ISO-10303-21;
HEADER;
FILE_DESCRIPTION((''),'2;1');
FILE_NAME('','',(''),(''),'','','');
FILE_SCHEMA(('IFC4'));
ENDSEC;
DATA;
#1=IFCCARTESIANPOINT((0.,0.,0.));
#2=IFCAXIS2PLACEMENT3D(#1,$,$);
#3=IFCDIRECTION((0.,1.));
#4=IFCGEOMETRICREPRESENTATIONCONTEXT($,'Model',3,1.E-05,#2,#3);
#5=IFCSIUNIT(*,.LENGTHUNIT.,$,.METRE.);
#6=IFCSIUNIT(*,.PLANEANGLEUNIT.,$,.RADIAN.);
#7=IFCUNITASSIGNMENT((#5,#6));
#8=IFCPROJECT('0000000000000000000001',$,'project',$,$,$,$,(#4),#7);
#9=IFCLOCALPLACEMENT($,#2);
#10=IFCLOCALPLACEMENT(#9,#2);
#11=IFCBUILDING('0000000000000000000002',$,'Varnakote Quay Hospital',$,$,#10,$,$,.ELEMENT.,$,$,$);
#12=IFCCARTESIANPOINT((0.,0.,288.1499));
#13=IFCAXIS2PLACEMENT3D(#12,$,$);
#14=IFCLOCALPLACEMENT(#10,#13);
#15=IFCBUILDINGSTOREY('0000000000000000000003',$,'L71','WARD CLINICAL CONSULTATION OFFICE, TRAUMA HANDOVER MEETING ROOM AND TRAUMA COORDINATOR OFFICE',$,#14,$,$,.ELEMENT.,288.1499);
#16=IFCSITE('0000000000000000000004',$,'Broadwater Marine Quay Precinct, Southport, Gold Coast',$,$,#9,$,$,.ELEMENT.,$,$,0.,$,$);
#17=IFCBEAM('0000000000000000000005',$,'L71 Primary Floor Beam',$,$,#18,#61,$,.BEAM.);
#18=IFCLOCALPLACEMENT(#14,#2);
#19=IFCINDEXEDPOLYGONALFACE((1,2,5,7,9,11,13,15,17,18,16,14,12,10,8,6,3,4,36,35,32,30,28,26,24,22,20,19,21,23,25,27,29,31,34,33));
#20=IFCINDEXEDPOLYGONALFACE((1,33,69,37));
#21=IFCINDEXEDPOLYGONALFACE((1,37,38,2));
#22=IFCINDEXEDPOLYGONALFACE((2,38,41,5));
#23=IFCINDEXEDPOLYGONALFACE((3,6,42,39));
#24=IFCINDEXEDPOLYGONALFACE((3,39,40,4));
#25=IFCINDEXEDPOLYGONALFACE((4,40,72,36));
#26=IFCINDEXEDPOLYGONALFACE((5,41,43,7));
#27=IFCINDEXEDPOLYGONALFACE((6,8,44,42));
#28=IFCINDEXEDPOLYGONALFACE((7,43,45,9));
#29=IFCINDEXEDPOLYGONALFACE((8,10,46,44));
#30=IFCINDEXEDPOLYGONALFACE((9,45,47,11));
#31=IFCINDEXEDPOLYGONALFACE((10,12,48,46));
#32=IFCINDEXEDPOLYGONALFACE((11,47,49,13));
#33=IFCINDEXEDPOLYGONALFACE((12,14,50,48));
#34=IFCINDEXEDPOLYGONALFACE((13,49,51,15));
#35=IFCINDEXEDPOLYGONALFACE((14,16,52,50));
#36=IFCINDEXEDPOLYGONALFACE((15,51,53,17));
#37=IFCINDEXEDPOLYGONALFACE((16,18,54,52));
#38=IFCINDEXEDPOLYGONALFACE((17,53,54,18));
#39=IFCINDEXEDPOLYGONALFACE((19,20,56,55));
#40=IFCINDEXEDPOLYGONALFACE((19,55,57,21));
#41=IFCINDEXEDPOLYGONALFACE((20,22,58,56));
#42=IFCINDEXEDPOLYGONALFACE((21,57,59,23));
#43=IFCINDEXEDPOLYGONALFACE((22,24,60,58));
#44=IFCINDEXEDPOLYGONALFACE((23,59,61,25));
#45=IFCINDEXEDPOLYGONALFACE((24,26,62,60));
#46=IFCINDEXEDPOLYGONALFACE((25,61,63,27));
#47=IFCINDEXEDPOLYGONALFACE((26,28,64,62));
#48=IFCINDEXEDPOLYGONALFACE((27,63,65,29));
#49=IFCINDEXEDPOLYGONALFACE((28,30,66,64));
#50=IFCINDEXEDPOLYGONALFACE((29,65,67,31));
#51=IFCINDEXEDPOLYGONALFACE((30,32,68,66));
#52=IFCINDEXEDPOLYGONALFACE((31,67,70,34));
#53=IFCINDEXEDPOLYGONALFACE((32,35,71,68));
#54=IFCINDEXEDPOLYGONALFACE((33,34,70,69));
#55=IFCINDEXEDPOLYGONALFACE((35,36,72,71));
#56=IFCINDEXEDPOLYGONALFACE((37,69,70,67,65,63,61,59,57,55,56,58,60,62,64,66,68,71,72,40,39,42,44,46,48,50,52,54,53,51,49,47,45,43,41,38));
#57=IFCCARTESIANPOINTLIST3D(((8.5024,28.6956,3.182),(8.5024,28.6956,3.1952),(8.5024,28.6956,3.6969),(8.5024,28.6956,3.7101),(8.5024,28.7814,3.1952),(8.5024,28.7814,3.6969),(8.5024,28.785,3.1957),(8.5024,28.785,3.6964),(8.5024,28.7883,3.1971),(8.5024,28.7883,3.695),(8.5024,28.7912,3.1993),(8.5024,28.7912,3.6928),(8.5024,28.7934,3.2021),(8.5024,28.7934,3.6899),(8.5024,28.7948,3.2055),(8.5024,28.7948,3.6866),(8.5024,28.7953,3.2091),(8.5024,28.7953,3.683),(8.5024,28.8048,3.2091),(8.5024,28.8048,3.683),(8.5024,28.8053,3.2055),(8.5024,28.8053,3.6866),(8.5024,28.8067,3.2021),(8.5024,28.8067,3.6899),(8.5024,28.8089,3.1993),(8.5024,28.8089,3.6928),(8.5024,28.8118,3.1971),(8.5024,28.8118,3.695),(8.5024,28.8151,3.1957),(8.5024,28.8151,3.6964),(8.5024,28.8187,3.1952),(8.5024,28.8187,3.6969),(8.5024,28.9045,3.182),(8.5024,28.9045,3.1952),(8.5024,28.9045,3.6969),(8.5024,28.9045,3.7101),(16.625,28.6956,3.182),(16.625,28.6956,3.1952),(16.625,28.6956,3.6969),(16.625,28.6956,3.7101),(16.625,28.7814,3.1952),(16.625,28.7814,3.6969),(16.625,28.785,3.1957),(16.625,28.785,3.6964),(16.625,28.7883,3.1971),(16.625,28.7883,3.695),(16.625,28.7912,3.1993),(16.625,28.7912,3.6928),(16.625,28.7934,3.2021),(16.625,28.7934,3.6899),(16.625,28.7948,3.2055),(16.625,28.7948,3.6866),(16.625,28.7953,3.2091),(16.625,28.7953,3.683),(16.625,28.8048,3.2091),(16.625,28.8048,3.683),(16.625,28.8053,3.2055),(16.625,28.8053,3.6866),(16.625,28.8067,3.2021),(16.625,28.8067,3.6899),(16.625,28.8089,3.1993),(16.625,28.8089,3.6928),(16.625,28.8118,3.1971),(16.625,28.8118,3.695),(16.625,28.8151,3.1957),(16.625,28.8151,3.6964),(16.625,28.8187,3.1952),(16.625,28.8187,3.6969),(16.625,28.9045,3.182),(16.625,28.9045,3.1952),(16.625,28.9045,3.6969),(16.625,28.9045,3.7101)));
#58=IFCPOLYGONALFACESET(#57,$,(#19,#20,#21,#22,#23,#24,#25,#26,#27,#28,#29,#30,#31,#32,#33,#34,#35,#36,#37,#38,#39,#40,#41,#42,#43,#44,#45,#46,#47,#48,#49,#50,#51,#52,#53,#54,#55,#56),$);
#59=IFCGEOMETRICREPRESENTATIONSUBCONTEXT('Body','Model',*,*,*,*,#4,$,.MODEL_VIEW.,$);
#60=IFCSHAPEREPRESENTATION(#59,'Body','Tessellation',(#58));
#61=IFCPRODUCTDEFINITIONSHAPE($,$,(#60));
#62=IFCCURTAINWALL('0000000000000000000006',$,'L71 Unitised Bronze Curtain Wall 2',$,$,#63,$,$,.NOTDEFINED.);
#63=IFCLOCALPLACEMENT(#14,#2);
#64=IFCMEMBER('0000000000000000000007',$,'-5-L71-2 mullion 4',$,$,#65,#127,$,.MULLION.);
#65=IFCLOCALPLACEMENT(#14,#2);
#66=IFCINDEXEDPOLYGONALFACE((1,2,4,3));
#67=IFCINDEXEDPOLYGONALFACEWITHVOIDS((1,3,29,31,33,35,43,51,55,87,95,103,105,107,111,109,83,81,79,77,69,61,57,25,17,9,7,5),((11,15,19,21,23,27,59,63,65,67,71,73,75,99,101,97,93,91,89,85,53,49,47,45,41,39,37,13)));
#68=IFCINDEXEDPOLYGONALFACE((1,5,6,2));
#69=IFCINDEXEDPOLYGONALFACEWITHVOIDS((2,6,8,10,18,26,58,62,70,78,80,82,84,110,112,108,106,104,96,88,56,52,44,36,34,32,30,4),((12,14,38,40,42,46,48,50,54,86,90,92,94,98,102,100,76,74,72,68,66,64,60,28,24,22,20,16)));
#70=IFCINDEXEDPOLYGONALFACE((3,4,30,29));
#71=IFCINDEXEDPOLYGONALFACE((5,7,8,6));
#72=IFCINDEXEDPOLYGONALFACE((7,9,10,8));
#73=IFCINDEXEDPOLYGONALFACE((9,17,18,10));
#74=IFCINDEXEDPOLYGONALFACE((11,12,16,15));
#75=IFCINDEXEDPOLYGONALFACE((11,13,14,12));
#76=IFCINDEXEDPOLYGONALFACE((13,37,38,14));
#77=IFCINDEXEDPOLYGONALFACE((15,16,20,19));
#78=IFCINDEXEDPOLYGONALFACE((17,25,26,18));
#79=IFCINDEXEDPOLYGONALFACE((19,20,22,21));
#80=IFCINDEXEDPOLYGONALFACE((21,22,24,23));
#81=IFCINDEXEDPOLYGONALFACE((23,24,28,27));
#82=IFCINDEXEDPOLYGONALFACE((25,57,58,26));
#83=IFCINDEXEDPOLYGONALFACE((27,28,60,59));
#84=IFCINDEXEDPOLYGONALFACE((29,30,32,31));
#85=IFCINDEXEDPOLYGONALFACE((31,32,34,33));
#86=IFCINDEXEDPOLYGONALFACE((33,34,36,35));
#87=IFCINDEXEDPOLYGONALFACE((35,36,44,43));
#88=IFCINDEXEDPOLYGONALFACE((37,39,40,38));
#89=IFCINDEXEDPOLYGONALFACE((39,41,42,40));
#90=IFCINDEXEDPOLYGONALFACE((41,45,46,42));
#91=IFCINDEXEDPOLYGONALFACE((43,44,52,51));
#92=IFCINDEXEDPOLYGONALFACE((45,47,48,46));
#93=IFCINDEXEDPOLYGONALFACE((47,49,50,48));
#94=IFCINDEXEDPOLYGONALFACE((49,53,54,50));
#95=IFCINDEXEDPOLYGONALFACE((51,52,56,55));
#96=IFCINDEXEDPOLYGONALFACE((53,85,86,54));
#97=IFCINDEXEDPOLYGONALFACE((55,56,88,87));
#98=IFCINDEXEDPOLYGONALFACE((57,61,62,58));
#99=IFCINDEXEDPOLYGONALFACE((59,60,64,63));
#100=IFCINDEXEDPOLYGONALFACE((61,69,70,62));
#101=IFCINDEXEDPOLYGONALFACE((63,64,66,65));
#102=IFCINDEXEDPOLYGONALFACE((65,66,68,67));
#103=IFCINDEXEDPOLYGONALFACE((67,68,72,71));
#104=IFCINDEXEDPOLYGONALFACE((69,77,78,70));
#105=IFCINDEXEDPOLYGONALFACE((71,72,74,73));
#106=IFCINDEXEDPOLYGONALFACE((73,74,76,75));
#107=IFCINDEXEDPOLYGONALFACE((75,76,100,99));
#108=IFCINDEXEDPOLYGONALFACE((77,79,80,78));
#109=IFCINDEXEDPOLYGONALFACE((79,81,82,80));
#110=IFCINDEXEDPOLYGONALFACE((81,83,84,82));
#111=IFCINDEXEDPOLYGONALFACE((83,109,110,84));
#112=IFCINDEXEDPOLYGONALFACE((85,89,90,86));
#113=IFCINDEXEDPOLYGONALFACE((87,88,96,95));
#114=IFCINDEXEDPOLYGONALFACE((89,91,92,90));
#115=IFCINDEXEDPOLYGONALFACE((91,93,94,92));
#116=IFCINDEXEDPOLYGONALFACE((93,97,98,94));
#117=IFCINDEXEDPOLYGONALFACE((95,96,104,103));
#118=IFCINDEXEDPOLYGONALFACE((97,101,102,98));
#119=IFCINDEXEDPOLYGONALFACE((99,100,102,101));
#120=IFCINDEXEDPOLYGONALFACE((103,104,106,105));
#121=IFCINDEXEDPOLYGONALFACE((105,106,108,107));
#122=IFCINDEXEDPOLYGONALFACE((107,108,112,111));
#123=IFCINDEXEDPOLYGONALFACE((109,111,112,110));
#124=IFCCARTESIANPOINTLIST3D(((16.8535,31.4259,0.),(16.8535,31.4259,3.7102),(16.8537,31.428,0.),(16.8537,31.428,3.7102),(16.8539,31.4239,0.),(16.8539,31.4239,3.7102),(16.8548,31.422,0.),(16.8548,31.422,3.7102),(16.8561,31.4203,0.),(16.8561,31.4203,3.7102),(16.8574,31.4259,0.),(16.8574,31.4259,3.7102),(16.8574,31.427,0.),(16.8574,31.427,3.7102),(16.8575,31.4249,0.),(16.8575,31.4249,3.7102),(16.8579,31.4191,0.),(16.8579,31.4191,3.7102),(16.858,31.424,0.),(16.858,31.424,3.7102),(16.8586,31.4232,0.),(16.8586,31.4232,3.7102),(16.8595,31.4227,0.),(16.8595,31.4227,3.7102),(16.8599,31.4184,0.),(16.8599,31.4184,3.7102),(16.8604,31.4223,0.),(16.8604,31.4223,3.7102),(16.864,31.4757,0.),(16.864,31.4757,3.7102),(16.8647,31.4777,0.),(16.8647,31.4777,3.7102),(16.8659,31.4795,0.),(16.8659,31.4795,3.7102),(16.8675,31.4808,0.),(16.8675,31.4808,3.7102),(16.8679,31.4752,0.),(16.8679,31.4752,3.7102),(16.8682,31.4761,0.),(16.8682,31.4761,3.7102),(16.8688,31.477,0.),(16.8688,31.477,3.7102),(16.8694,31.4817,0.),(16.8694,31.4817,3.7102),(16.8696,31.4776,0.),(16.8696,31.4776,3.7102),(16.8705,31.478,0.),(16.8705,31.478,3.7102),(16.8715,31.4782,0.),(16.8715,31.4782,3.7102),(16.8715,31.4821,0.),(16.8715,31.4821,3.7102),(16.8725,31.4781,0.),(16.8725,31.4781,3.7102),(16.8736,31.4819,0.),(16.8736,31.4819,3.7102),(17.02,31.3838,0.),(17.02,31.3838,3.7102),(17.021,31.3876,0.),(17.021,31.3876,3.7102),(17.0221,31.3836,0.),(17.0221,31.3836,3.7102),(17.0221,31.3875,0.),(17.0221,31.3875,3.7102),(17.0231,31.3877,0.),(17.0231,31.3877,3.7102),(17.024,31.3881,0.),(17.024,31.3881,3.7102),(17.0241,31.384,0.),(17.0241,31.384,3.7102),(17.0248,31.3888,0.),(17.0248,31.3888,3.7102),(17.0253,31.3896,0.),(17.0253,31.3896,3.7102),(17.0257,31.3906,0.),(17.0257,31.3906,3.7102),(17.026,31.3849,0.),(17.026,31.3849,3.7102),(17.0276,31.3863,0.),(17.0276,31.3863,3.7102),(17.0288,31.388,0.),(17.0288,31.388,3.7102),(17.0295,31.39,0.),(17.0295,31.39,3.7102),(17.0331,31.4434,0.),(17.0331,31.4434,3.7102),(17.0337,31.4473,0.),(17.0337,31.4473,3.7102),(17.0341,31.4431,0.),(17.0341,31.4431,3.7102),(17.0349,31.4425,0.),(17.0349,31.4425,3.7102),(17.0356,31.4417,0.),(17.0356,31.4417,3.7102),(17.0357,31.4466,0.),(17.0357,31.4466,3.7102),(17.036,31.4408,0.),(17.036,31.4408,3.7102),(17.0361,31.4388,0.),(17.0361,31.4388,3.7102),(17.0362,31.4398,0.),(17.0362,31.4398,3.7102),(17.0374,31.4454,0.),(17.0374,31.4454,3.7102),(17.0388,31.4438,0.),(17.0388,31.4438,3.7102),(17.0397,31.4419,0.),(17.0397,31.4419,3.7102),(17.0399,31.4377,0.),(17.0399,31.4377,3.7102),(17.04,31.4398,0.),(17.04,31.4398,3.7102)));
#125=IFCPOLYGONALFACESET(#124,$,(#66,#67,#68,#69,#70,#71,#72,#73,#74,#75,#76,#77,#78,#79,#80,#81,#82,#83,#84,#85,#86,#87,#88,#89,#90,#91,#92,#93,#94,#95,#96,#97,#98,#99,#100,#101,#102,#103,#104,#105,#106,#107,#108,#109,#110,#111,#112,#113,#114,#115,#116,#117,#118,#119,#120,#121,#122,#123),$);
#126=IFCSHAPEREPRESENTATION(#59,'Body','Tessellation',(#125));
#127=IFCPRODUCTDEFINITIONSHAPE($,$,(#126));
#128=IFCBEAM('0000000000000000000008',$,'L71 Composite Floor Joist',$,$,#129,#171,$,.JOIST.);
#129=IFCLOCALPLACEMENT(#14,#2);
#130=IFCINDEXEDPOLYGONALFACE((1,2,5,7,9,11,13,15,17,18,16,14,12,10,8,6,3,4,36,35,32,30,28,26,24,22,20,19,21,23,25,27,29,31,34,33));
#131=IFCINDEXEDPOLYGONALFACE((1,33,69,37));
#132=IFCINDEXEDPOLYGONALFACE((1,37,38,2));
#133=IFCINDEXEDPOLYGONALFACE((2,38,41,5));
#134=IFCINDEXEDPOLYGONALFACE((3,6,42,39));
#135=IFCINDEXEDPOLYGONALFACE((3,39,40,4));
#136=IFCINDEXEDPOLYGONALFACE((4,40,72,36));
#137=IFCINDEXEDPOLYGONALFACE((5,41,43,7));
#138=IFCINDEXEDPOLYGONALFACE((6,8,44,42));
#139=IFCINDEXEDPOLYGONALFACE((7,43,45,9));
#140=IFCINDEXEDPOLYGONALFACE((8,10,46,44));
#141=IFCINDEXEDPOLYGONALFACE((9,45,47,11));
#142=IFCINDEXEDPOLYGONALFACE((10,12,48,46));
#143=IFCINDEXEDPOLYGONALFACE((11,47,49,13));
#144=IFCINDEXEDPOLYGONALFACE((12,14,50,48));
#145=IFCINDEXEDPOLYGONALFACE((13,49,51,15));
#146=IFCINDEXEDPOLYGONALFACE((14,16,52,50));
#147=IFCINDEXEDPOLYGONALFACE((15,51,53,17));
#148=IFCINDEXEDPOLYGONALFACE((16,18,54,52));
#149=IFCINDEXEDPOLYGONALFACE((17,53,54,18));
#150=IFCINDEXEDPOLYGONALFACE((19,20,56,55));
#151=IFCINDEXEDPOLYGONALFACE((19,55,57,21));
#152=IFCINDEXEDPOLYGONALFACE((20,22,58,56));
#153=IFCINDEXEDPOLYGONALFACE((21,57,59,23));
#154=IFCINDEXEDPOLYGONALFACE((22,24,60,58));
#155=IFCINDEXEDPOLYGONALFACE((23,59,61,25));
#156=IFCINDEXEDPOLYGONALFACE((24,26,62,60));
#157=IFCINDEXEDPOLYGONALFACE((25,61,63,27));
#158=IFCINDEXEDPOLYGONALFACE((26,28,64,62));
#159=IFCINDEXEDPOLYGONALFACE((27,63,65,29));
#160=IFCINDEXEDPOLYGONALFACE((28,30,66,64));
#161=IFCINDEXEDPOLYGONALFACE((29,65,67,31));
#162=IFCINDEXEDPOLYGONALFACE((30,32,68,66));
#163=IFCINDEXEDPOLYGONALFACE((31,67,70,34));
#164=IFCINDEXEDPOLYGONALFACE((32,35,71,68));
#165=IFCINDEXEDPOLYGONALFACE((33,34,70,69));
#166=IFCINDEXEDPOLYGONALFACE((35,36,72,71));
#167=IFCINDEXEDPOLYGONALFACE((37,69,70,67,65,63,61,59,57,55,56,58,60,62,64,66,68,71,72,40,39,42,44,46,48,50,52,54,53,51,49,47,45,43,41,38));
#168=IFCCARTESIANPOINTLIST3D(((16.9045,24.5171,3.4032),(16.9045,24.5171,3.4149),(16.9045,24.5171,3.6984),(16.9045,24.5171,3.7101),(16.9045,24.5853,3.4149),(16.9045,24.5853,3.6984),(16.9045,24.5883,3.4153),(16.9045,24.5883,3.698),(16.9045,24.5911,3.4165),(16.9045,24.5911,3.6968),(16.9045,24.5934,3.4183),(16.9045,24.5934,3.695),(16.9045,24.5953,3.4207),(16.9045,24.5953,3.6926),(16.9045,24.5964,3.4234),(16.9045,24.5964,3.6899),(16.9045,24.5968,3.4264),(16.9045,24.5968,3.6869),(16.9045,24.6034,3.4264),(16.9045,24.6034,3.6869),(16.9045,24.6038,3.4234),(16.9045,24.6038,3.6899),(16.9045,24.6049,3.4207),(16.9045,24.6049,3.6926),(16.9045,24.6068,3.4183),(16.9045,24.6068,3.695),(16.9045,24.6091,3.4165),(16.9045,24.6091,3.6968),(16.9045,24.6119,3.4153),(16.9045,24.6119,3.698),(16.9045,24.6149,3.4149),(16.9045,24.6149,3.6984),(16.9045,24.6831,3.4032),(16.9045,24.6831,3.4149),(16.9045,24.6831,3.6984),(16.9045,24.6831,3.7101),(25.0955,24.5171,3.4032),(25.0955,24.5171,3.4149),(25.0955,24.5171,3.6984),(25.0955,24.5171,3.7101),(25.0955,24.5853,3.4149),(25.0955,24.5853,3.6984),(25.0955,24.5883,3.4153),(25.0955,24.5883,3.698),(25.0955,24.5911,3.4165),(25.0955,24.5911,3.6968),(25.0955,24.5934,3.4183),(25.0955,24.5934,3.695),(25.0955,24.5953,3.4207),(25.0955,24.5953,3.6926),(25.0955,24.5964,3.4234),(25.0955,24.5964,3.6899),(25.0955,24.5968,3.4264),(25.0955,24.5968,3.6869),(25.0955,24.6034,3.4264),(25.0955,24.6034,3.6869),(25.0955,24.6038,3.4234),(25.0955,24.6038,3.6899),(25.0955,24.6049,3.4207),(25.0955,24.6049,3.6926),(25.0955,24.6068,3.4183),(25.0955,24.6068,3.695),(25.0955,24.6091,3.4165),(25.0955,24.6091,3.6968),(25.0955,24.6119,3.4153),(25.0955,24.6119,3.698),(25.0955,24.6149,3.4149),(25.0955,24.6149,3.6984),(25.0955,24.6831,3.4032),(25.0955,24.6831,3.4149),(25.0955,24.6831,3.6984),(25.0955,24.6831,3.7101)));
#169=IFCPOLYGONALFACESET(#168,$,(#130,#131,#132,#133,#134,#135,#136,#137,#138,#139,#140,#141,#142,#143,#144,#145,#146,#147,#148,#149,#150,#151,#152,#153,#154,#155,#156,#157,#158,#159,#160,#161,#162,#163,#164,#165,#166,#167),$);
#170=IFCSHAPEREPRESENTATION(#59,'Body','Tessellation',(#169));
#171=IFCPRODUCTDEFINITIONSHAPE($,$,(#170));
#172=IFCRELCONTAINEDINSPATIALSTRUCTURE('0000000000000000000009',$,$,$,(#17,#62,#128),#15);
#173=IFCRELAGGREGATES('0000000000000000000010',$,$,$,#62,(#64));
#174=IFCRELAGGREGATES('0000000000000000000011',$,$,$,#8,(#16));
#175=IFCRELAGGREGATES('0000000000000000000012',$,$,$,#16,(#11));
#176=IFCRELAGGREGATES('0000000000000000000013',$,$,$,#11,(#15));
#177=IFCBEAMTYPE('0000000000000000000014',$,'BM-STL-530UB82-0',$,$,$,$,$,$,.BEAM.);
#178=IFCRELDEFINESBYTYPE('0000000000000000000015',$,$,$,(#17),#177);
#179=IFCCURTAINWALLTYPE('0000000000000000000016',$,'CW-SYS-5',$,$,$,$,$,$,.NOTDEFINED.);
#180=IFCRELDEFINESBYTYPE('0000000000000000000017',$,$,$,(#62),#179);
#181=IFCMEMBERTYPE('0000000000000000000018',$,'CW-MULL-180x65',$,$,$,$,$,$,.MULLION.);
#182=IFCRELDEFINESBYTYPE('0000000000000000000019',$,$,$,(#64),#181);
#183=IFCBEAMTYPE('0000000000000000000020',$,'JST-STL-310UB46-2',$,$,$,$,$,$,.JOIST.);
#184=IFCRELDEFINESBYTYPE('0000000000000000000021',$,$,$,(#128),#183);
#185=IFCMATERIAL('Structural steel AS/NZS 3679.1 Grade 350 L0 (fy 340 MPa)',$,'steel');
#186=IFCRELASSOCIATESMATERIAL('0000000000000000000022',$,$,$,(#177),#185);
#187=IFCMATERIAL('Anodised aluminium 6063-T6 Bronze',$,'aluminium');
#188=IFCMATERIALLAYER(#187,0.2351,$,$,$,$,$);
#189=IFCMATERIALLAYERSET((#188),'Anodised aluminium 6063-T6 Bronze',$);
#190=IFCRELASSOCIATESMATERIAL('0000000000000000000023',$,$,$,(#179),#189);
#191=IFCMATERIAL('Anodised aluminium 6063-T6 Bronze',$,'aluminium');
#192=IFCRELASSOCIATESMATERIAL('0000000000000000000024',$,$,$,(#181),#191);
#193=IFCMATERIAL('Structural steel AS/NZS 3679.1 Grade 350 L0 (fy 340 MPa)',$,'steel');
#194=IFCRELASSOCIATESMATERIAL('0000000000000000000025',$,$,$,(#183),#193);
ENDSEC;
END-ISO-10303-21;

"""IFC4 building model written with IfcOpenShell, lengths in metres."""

from ifc_helpers import new_model, si_unit, direction, frame, origin, origin_2d, place, context, subcontext, project, spatial, hollow_rectangle, i_section, extrude, material, layer, layer_set, material_profile, profile_set, type_object, element, aggregate, save


model = new_model("IFC4")

# Units and contexts
model_context = context("Model", 3, precision=1e-05, world=origin(), true_north=direction((0.0, 1.0)))
body_context = subcontext(model_context, "Body", "Model", "MODEL_VIEW")
ifc_project = project(units=[si_unit("LENGTHUNIT", "METRE"), si_unit("PLANEANGLEUNIT", "RADIAN")], contexts=[model_context])

# Site, building, storey
site_placement = place(None, origin())
site = spatial("IfcSite", under=ifc_project, at=site_placement, Name="Broadwater Marine Quay Precinct, Southport, Gold Coast", CompositionType="ELEMENT", RefElevation=0.0)
building_placement = place(site_placement, origin())
building = spatial("IfcBuilding", under=site, at=building_placement, Name="Varnakote Quay Hospital", CompositionType="ELEMENT")
storey_placement = place(building_placement, frame((0.0, 0.0, 288.1499)))
storey = spatial("IfcBuildingStorey", under=building, at=storey_placement, Name="L71", Description="WARD CLINICAL CONSULTATION OFFICE, TRAUMA HANDOVER MEETING ROOM AND TRAUMA COORDINATOR OFFICE", CompositionType="ELEMENT", Elevation=288.1499)

# Beam
ifc_material_1 = material(Name="Structural steel AS/NZS 3679.1 Grade 350 L0 (fy 340 MPa)", Category="steel")
ifc_material_profile_1 = material_profile(ifc_material_1, i_section(OverallWidth=0.209, OverallDepth=0.5281, WebThickness=0.0095, FlangeThickness=0.0132, FilletRadius=0.0139, at=origin_2d()), Name="530UB82.0")
ifc_profile_set_1 = profile_set([ifc_material_profile_1], Name="Structural steel AS/NZS 3679.1 Grade 350 L0 (fy 340 MPa)")
beam_type_1 = type_object("IfcBeamType", Name="BM-STL-530UB82-0", PredefinedType="BEAM", material=ifc_profile_set_1)
beam_1_placement = place(storey_placement, frame((8.5024, 28.8, 3.446), z_axis=(1.0, 0.0, 0.0), x_axis=(0.0, 1.0, 0.0)))
element("IfcBeam", 1, at=beam_1_placement, inside=storey, type_object=beam_type_1, Name="L71 Primary Floor Beam", PredefinedType="BEAM", context=body_context, shape_type="SweptSolid", body=[
    extrude(i_section(OverallWidth=0.209, OverallDepth=0.5281, WebThickness=0.0095, FlangeThickness=0.0132, FilletRadius=0.0139, at=origin_2d()), origin(), (0.0, 0.0, 1.0), 8.1226),
])

# Curtain wall, member
ifc_material_2 = material(Name="Anodised aluminium 6063-T6 Bronze", Category="aluminium")
ifc_layer_1 = layer(ifc_material_2, 0.2351)
ifc_layer_set_1 = layer_set([ifc_layer_1], Name="Anodised aluminium 6063-T6 Bronze")
curtain_wall_type = type_object("IfcCurtainWallType", Name="CW-SYS-5", PredefinedType="NOTDEFINED", material=ifc_layer_set_1)
curtain_wall_placement = place(storey_placement, origin())
curtain_wall = element("IfcCurtainWall", 2, at=curtain_wall_placement, inside=storey, type_object=curtain_wall_type, Name="L71 Unitised Bronze Curtain Wall 2", PredefinedType="NOTDEFINED")
ifc_material_3 = material(Name="Anodised aluminium 6063-T6 Bronze", Category="aluminium")
ifc_material_profile_2 = material_profile(ifc_material_3, hollow_rectangle(XDim=0.0649, YDim=0.1799, WallThickness=0.0039, InnerFilletRadius=0.0039, OuterFilletRadius=0.0081, at=origin_2d()), Name="CW-MULL-180x65")
ifc_profile_set_2 = profile_set([ifc_material_profile_2], Name="Anodised aluminium 6063-T6 Bronze")
member_type = type_object("IfcMemberType", Name="CW-MULL-180x65", PredefinedType="MULLION", material=ifc_profile_set_2)
member_placement = place(storey_placement, frame((16.9468, 31.4329, 0.0), z_axis=(0.0, 0.0, 1.0), x_axis=(-0.211408, -0.977398, 0.0)))
member = element("IfcMember", 3, at=member_placement, type_object=member_type, Name="-5-L71-2 mullion 4", PredefinedType="MULLION", context=body_context, shape_type="SweptSolid", body=[
    extrude(hollow_rectangle(XDim=0.0649, YDim=0.1799, WallThickness=0.0039, InnerFilletRadius=0.0039, OuterFilletRadius=0.0081, at=origin_2d()), origin(), (0.0, 0.0, 1.0), 3.7102),
])

# Beam
ifc_material_4 = material(Name="Structural steel AS/NZS 3679.1 Grade 350 L0 (fy 340 MPa)", Category="steel")
ifc_material_profile_3 = material_profile(ifc_material_4, i_section(OverallWidth=0.166, OverallDepth=0.3069, WebThickness=0.0066, FlangeThickness=0.0117, FilletRadius=0.0115, at=origin_2d()), Name="310UB46.2")
ifc_profile_set_3 = profile_set([ifc_material_profile_3], Name="Structural steel AS/NZS 3679.1 Grade 350 L0 (fy 340 MPa)")
beam_type_2 = type_object("IfcBeamType", Name="JST-STL-310UB46-2", PredefinedType="JOIST", material=ifc_profile_set_3)
beam_2_placement = place(storey_placement, frame((16.9045, 24.6001, 3.5566), z_axis=(1.0, 0.0, 0.0), x_axis=(0.0, 1.0, 0.0)))
element("IfcBeam", 4, at=beam_2_placement, inside=storey, type_object=beam_type_2, Name="L71 Composite Floor Joist", PredefinedType="JOIST", context=body_context, shape_type="SweptSolid", body=[
    extrude(i_section(OverallWidth=0.166, OverallDepth=0.3069, WebThickness=0.0066, FlangeThickness=0.0117, FilletRadius=0.0115, at=origin_2d()), origin(), (0.0, 0.0, 1.0), 8.1909),
])

aggregate(curtain_wall, [member])

save(model, "model.ifc")
